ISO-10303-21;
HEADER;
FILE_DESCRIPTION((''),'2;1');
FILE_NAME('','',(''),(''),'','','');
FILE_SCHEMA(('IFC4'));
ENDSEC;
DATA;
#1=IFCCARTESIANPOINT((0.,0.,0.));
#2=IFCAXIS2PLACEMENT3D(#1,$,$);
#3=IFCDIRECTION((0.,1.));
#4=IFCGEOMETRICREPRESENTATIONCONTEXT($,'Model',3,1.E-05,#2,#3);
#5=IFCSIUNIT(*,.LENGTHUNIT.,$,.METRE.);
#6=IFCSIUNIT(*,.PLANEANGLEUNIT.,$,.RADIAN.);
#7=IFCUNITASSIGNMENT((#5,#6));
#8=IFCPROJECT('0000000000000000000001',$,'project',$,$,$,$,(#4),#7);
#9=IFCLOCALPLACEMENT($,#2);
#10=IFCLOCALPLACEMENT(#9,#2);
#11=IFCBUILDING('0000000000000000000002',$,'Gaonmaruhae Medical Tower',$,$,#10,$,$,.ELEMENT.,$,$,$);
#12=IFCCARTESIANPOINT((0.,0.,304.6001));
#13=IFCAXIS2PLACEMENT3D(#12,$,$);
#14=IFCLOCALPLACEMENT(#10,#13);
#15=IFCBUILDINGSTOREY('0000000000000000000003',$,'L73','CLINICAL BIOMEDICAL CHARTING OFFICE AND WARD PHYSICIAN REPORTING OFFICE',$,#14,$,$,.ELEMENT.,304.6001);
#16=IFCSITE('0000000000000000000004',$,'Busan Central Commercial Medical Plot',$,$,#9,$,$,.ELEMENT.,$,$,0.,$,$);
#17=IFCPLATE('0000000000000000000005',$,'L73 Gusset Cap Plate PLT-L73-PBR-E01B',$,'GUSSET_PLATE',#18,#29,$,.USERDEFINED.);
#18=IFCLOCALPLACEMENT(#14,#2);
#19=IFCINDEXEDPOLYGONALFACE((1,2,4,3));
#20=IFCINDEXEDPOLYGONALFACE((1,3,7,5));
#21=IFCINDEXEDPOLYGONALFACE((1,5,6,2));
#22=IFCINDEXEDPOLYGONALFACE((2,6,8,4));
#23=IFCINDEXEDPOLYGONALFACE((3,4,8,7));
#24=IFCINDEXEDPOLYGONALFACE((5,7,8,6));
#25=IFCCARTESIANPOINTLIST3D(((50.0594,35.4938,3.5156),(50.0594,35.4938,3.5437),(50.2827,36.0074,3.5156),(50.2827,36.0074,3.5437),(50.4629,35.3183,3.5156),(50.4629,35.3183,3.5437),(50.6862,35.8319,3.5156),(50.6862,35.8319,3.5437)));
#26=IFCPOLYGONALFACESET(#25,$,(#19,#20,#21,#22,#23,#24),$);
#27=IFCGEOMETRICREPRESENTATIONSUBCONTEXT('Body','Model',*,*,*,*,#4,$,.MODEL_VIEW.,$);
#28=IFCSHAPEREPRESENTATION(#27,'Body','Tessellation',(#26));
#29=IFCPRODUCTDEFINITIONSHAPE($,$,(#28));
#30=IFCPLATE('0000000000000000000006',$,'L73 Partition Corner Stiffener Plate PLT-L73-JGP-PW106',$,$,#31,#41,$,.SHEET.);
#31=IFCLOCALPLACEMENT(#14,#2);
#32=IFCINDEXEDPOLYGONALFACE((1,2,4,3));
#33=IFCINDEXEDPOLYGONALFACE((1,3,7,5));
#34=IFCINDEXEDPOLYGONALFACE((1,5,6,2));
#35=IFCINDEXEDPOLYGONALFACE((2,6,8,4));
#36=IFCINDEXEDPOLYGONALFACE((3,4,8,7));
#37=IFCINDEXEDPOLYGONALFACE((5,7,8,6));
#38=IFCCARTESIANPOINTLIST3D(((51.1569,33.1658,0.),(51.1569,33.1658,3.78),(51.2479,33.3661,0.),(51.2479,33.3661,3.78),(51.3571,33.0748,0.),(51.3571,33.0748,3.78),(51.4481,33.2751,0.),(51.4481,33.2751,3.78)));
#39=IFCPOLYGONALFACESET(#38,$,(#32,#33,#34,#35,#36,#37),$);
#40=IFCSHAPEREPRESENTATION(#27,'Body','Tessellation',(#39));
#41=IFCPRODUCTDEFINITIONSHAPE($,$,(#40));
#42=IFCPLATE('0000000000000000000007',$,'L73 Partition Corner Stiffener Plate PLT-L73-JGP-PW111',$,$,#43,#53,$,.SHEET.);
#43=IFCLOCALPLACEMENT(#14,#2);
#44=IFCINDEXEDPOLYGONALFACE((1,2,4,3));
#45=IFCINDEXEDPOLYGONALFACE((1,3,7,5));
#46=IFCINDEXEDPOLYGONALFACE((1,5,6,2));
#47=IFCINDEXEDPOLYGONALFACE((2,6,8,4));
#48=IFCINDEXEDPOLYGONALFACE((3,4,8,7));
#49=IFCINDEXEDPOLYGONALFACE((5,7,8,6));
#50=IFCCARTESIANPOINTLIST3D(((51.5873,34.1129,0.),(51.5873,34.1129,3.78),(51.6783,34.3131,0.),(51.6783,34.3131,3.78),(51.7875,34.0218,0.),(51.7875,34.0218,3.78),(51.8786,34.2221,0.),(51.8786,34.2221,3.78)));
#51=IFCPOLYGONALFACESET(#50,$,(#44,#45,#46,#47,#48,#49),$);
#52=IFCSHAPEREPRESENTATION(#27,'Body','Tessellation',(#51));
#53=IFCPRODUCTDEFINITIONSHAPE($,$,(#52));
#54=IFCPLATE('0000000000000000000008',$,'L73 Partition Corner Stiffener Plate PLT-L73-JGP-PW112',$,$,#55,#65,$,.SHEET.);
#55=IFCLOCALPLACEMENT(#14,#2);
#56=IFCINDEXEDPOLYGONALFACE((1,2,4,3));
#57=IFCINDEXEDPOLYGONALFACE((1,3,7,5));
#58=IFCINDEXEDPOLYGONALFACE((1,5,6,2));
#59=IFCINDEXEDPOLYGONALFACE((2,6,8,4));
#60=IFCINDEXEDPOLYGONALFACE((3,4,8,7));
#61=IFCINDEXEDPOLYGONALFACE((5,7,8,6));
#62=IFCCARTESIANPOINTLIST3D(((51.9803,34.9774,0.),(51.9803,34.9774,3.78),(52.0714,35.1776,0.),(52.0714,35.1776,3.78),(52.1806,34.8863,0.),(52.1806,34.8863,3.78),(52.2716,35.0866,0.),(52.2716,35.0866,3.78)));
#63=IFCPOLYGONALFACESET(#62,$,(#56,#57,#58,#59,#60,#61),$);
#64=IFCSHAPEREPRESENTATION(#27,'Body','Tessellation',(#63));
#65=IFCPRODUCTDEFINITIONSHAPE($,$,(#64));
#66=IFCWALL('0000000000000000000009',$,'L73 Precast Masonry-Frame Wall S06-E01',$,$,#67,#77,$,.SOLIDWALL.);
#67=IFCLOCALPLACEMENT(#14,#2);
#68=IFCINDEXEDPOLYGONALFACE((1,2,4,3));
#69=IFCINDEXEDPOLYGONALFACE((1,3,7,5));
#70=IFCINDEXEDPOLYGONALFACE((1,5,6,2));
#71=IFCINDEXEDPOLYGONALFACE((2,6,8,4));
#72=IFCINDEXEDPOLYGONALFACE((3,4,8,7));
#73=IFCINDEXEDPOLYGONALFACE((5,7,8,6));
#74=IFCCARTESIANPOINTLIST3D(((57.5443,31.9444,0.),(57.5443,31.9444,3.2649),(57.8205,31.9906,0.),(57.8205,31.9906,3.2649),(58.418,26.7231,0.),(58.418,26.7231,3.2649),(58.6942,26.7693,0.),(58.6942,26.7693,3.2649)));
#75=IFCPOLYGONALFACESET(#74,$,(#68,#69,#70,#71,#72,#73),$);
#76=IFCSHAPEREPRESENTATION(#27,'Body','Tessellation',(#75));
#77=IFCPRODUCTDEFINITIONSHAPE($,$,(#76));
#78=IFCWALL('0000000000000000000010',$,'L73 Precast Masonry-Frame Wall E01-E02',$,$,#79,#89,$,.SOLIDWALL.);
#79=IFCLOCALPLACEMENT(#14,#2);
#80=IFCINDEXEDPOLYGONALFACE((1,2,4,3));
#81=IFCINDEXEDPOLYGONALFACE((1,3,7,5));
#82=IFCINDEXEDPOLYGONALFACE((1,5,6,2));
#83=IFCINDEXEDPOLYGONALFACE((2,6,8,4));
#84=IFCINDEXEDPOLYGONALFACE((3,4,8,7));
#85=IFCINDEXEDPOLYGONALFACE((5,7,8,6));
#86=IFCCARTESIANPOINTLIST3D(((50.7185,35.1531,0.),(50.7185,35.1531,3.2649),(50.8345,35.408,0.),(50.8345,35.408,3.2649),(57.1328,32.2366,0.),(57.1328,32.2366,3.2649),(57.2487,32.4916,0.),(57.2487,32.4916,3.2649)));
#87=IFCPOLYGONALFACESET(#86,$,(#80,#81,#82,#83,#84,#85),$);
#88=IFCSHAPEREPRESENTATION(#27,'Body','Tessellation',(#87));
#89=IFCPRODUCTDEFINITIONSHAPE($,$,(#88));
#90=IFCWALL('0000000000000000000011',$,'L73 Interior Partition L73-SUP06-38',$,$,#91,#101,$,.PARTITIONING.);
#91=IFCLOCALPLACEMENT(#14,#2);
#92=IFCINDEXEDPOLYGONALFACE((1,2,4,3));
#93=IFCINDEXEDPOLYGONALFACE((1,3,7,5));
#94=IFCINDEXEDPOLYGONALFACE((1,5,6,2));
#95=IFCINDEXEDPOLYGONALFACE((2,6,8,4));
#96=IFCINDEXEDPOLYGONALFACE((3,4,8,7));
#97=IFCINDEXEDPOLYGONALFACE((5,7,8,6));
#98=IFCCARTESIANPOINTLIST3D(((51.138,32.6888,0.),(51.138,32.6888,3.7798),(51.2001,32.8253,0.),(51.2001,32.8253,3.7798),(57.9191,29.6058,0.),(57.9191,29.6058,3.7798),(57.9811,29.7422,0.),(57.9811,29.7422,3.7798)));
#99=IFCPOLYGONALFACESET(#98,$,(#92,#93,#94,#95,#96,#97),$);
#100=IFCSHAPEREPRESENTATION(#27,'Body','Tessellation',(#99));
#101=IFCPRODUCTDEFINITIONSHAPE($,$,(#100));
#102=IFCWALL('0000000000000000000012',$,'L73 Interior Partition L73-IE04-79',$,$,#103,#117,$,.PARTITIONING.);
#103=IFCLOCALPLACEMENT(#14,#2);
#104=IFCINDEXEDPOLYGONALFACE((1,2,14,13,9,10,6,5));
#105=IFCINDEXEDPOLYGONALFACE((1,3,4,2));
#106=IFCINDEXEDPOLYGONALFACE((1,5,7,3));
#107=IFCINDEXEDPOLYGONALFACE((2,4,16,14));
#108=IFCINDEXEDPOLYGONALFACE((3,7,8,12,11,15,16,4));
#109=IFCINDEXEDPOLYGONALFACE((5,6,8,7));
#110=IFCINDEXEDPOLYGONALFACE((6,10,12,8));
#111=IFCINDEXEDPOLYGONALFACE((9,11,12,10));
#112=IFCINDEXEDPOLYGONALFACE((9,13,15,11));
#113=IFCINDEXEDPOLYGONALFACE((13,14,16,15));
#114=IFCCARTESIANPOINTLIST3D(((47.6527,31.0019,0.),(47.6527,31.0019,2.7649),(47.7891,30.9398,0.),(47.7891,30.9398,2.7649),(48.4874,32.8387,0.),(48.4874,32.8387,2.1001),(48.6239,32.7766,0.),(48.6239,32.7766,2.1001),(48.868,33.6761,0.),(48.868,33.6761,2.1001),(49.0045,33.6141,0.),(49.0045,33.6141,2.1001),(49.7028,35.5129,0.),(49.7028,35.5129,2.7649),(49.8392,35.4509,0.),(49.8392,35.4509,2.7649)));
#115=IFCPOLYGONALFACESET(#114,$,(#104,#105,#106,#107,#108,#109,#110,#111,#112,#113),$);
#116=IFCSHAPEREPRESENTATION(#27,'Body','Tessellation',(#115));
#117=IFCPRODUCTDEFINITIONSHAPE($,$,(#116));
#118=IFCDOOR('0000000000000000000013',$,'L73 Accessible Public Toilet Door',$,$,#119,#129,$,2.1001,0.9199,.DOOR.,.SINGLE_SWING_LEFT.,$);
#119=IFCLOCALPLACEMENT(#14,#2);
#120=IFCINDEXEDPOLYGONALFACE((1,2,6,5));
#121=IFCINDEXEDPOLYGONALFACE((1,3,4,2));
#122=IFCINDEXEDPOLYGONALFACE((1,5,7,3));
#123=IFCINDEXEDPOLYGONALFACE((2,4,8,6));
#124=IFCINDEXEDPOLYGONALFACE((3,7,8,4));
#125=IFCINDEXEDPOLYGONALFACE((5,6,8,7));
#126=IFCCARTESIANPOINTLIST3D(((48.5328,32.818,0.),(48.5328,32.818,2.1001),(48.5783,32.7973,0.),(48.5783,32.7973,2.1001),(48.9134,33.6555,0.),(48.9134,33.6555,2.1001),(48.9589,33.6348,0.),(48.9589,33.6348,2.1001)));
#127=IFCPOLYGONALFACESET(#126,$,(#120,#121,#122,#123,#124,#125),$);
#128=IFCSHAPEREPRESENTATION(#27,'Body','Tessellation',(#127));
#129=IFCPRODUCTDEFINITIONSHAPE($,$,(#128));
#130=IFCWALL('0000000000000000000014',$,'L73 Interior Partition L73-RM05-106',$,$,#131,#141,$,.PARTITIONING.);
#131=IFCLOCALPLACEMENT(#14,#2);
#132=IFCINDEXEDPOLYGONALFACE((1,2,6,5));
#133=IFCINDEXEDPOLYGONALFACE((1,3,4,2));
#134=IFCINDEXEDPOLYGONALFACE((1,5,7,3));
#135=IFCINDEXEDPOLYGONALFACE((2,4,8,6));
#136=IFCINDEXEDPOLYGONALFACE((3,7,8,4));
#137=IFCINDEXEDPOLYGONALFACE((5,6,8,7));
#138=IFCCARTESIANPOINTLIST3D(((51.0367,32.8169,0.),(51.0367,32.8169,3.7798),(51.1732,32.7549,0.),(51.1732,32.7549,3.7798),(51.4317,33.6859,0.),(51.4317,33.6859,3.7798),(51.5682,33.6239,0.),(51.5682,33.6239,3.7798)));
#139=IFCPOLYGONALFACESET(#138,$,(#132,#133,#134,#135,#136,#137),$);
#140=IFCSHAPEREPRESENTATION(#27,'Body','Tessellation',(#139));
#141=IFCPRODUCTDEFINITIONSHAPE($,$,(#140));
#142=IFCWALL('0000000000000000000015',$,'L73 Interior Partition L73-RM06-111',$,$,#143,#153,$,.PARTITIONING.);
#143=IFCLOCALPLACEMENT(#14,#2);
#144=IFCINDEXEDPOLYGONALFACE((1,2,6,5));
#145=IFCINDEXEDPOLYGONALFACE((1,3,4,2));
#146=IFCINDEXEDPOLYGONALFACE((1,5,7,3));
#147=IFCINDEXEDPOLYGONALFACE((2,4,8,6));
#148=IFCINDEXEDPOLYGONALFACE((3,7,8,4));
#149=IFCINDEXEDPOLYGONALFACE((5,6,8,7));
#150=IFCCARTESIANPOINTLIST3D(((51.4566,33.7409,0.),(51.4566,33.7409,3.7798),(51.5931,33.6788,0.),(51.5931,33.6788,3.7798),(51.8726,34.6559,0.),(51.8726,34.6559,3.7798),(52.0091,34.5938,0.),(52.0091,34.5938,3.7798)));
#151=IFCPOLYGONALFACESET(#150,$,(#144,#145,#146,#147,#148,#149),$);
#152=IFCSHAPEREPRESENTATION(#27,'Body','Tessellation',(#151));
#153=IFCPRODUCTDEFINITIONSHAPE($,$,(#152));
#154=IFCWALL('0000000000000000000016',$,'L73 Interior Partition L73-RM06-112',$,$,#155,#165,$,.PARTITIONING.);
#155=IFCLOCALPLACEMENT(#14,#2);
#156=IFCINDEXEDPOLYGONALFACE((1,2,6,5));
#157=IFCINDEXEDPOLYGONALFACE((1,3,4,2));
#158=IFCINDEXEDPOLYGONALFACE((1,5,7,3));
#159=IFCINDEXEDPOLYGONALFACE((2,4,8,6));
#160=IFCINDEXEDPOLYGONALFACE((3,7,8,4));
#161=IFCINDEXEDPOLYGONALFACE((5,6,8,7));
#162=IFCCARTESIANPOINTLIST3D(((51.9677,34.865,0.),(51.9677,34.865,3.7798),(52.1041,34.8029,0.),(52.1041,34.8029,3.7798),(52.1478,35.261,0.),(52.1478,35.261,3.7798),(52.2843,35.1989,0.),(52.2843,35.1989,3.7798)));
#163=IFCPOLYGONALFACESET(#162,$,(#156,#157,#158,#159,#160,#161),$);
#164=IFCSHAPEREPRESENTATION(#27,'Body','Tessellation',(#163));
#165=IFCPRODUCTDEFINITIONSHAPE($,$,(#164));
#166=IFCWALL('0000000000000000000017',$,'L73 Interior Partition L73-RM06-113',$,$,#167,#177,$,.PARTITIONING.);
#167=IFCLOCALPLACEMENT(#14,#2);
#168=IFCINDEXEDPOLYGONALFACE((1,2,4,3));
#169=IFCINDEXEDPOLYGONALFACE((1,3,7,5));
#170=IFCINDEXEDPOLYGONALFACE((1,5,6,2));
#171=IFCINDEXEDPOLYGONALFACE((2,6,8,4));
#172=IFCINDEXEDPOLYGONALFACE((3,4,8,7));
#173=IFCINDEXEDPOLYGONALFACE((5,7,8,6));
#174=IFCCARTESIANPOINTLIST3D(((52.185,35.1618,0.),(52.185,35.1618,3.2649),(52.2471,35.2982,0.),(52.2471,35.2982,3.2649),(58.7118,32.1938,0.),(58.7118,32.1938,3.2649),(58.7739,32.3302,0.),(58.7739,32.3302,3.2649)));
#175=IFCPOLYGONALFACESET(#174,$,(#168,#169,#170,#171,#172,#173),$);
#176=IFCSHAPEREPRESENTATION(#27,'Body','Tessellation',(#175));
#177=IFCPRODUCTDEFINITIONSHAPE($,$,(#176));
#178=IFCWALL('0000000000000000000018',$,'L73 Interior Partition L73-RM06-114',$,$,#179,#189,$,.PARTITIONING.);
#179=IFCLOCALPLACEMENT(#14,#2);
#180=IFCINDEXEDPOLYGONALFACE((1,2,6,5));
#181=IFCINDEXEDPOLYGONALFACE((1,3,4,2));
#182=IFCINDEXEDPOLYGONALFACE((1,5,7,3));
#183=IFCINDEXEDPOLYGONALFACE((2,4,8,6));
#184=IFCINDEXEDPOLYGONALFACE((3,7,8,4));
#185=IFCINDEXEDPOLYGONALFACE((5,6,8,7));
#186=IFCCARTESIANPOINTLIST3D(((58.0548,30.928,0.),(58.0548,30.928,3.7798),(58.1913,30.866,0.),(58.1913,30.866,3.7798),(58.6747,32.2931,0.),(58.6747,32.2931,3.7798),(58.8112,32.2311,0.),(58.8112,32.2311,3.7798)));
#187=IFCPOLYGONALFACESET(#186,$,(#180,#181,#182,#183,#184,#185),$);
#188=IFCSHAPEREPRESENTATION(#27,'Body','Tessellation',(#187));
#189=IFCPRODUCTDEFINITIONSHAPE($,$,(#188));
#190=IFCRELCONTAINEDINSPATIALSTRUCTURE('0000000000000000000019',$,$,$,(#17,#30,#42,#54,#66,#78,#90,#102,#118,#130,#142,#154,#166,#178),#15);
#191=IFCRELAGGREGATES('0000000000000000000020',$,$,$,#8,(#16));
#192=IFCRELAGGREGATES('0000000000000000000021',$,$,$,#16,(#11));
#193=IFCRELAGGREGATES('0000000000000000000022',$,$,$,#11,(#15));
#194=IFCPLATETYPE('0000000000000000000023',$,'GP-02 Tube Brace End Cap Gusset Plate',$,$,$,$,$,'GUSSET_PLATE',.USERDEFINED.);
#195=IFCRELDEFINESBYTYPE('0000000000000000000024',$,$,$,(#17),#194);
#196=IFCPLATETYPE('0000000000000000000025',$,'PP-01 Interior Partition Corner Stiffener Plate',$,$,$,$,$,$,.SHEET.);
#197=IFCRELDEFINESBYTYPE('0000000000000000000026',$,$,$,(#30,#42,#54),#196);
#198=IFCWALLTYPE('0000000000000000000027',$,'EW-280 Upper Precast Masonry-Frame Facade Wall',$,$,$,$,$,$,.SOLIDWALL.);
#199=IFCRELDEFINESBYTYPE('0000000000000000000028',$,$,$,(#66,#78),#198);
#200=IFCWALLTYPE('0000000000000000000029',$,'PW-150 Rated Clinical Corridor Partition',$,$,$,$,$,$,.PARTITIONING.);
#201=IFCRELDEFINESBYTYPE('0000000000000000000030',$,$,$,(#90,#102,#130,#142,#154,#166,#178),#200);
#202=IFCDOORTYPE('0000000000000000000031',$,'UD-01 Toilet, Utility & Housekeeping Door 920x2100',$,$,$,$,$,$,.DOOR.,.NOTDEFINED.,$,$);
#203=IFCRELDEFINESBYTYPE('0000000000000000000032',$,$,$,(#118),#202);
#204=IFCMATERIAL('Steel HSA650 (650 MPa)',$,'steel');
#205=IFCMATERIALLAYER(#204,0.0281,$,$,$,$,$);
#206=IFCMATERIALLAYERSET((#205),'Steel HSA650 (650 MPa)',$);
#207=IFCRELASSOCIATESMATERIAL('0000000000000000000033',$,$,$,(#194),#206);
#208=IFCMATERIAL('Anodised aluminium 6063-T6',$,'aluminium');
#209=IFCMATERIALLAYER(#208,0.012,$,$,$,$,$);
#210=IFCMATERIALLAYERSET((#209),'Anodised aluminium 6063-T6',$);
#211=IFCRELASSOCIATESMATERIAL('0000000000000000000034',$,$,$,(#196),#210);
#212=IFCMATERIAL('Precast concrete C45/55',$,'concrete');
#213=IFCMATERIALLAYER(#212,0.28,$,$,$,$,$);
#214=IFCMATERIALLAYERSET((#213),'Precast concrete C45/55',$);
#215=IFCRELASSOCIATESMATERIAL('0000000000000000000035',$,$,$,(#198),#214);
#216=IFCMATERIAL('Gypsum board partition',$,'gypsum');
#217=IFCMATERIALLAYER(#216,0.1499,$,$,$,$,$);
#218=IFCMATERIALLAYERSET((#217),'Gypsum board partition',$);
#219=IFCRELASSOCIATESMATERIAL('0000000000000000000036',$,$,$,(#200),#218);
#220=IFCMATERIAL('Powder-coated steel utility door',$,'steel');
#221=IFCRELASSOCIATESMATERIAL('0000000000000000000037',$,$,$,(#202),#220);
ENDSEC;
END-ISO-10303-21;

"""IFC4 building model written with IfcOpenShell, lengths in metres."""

from ifc_helpers import new_model, si_unit, direction, frame, frame_2d, origin, origin_2d, place, context, subcontext, project, spatial, rectangle, extrude, material, layer, layer_set, type_object, element, fill, save


model = new_model("IFC4")

# Units and contexts
model_context = context("Model", 3, precision=1e-05, world=origin(), true_north=direction((0.0, 1.0)))
body_context = subcontext(model_context, "Body", "Model", "MODEL_VIEW")
ifc_project = project(units=[si_unit("LENGTHUNIT", "METRE"), si_unit("PLANEANGLEUNIT", "RADIAN")], contexts=[model_context])

# Site, building, storey
site_placement = place(None, origin())
site = spatial("IfcSite", under=ifc_project, at=site_placement, Name="Busan Central Commercial Medical Plot", CompositionType="ELEMENT", RefElevation=0.0)
building_placement = place(site_placement, origin())
building = spatial("IfcBuilding", under=site, at=building_placement, Name="Gaonmaruhae Medical Tower", CompositionType="ELEMENT")
storey_placement = place(building_placement, frame((0.0, 0.0, 304.6001)))
storey = spatial("IfcBuildingStorey", under=building, at=storey_placement, Name="L73", Description="CLINICAL BIOMEDICAL CHARTING OFFICE AND WARD PHYSICIAN REPORTING OFFICE", CompositionType="ELEMENT", Elevation=304.6001)

# Plates
ifc_material_1 = material(Name="Steel HSA650 (650 MPa)", Category="steel")
ifc_layer_1 = layer(ifc_material_1, 0.0281)
ifc_layer_set_1 = layer_set([ifc_layer_1], Name="Steel HSA650 (650 MPa)")
plate_type_1 = type_object("IfcPlateType", Name="GP-02 Tube Brace End Cap Gusset Plate", ElementType="GUSSET_PLATE", PredefinedType="USERDEFINED", material=ifc_layer_set_1)
for number, where, z_axis, x_axis, name in (
    (1, (50.3728, 35.6628, 3.5156), (0.0, 0.0, 1.0), (0.398749, 0.91706, 0.0), "L73 Gusset Cap Plate PLT-L73-PBR-E01B"),
):
    element("IfcPlate", number, at=place(storey_placement, frame(where, z_axis=z_axis, x_axis=x_axis)), inside=storey, type_object=plate_type_1, Name=name, ObjectType="GUSSET_PLATE", PredefinedType="USERDEFINED", context=body_context, shape_type="SweptSolid", body=[
        extrude(rectangle(XDim=0.5601, YDim=0.4399, at=origin_2d()), origin(), (0.0, 0.0, 1.0), 0.0281),
    ])
ifc_material_2 = material(Name="Anodised aluminium 6063-T6", Category="aluminium")
ifc_layer_2 = layer(ifc_material_2, 0.012)
ifc_layer_set_2 = layer_set([ifc_layer_2], Name="Anodised aluminium 6063-T6")
plate_type_2 = type_object("IfcPlateType", Name="PP-01 Interior Partition Corner Stiffener Plate", PredefinedType="SHEET", material=ifc_layer_set_2)
for number, where, z_axis, x_axis, name in (
    (2, (51.3025, 33.2205, 0.0), (0.0, 0.0, 1.0), (0.413804, 0.910366, 0.0), "L73 Partition Corner Stiffener Plate PLT-L73-JGP-PW106"),
    (3, (51.7329, 34.1675, 0.0), (0.0, 0.0, 1.0), (0.413883, 0.91033, 0.0), "L73 Partition Corner Stiffener Plate PLT-L73-JGP-PW111"),
    (4, (52.126, 35.032, 0.0), (0.0, 0.0, 1.0), (0.413804, 0.910366, 0.0), "L73 Partition Corner Stiffener Plate PLT-L73-JGP-PW112"),
):
    element("IfcPlate", number, at=place(storey_placement, frame(where, z_axis=z_axis, x_axis=x_axis)), inside=storey, type_object=plate_type_2, Name=name, PredefinedType="SHEET", context=body_context, shape_type="SweptSolid", body=[
        extrude(rectangle(XDim=0.22, YDim=0.22, at=origin_2d()), origin(), (0.0, 0.0, 1.0), 3.78),
    ])

# Walls
ifc_material_3 = material(Name="Precast concrete C45/55", Category="concrete")
ifc_layer_3 = layer(ifc_material_3, 0.28)
ifc_layer_set_3 = layer_set([ifc_layer_3], Name="Precast concrete C45/55")
wall_type_1 = type_object("IfcWallType", Name="EW-280 Upper Precast Masonry-Frame Facade Wall", PredefinedType="SOLIDWALL", material=ifc_layer_set_3)
wall_1_placement = place(storey_placement, frame((57.6824, 31.9675, 0.0), z_axis=(0.0, 0.0, 1.0), x_axis=(0.16505, -0.986285, 0.0)))
element("IfcWall", 5, at=wall_1_placement, inside=storey, type_object=wall_type_1, Name="L73 Precast Masonry-Frame Wall S06-E01", PredefinedType="SOLIDWALL", context=body_context, shape_type="SweptSolid", body=[
    extrude(rectangle(XDim=5.2939, YDim=0.28, at=frame_2d((2.647, 0.0))), origin(), (0.0, 0.0, 1.0), 3.2649),
])
wall_2_placement = place(storey_placement, frame((50.7766, 35.2805, 0.0), z_axis=(0.0, 0.0, 1.0), x_axis=(0.910318, -0.41391, 0.0)))
element("IfcWall", 6, at=wall_2_placement, inside=storey, type_object=wall_type_1, Name="L73 Precast Masonry-Frame Wall E01-E02", PredefinedType="SOLIDWALL", context=body_context, shape_type="SweptSolid", body=[
    extrude(rectangle(XDim=7.0461, YDim=0.28, at=frame_2d((3.5229, 0.0))), origin(), (0.0, 0.0, 1.0), 3.2649),
])
ifc_material_4 = material(Name="Gypsum board partition", Category="gypsum")
ifc_layer_4 = layer(ifc_material_4, 0.1499)
ifc_layer_set_4 = layer_set([ifc_layer_4], Name="Gypsum board partition")
wall_type_2 = type_object("IfcWallType", Name="PW-150 Rated Clinical Corridor Partition", PredefinedType="PARTITIONING", material=ifc_layer_set_4)
wall_3_placement = place(storey_placement, frame((51.1689, 32.7571, 0.0), z_axis=(0.0, 0.0, 1.0), x_axis=(0.910329, -0.413884, 0.0)))
element("IfcWall", 7, at=wall_3_placement, inside=storey, type_object=wall_type_2, Name="L73 Interior Partition L73-SUP06-38", PredefinedType="PARTITIONING", context=body_context, shape_type="SweptSolid", body=[
    extrude(rectangle(XDim=7.449, YDim=0.1499, at=frame_2d((3.7246, 0.0))), origin(), (0.0, 0.0, 1.0), 3.7798),
])

# Wall, opening, door
wall_4_placement = place(storey_placement, frame((49.771, 35.4819, 0.0), z_axis=(0.0, 0.0, 1.0), x_axis=(-0.413736, -0.910397, 0.0)))
wall_4 = element("IfcWall", 8, at=wall_4_placement, inside=storey, type_object=wall_type_2, Name="L73 Interior Partition L73-IE04-79", PredefinedType="PARTITIONING", context=body_context, shape_type="SweptSolid", body=[
    extrude(rectangle(XDim=4.9551, YDim=0.1499, at=frame_2d((2.4775, 0.0))), origin(), (0.0, 0.0, 1.0), 2.7649),
])
opening_placement = place(wall_4_placement, frame((2.0176, 0.0, 0.0)))
opening = element("IfcOpeningElement", 9, at=opening_placement, cuts=wall_4, PredefinedType="OPENING", context=body_context, shape_type="SweptSolid", body=[
    extrude(rectangle(XDim=0.9199, YDim=2.1001, at=frame_2d((0.46, 1.05))), frame((0.0, 0.085, 0.0), z_axis=(0.0, -1.0, 0.0), x_axis=(1.0, 0.0, 0.0)), (0.0, 0.0, 1.0), 0.1699),
])
ifc_material_5 = material(Name="Powder-coated steel utility door", Category="steel")
door_type = type_object("IfcDoorType", Name="UD-01 Toilet, Utility & Housekeeping Door 920x2100", OperationType="NOTDEFINED", PredefinedType="DOOR", material=ifc_material_5)
door_placement = place(opening_placement, origin())
door = element("IfcDoor", 10, at=door_placement, inside=storey, type_object=door_type, Name="L73 Accessible Public Toilet Door", OperationType="SINGLE_SWING_LEFT", OverallHeight=2.1001, OverallWidth=0.9199, PredefinedType="DOOR", context=body_context, shape_type="SweptSolid", body=[
    extrude(rectangle(XDim=0.9199, YDim=2.1001, at=frame_2d((0.46, 1.05))), frame((0.0, 0.0249, 0.0), z_axis=(0.0, -1.0, 0.0), x_axis=(1.0, 0.0, 0.0)), (0.0, 0.0, 1.0), 0.05),
])
fill(opening, door)

# Walls
wall_5_placement = place(storey_placement, frame((51.105, 32.7859, 0.0), z_axis=(0.0, 0.0, 1.0), x_axis=(0.413764, 0.910384, 0.0)))
element("IfcWall", 11, at=wall_5_placement, inside=storey, type_object=wall_type_2, Name="L73 Interior Partition L73-RM05-106", PredefinedType="PARTITIONING", context=body_context, shape_type="SweptSolid", body=[
    extrude(rectangle(XDim=0.9546, YDim=0.1499, at=frame_2d((0.4773, 0.0))), origin(), (0.0, 0.0, 1.0), 3.7798),
])
wall_6_placement = place(storey_placement, frame((51.5249, 33.71, 0.0), z_axis=(0.0, 0.0, 1.0), x_axis=(0.413876, 0.910333, 0.0)))
element("IfcWall", 12, at=wall_6_placement, inside=storey, type_object=wall_type_2, Name="L73 Interior Partition L73-RM06-111", PredefinedType="PARTITIONING", context=body_context, shape_type="SweptSolid", body=[
    extrude(rectangle(XDim=1.0051, YDim=0.1499, at=frame_2d((0.5024, 0.0))), origin(), (0.0, 0.0, 1.0), 3.7798),
])
wall_7_placement = place(storey_placement, frame((52.0359, 34.834, 0.0), z_axis=(0.0, 0.0, 1.0), x_axis=(0.414141, 0.910213, 0.0)))
element("IfcWall", 13, at=wall_7_placement, inside=storey, type_object=wall_type_2, Name="L73 Interior Partition L73-RM06-112", PredefinedType="PARTITIONING", context=body_context, shape_type="SweptSolid", body=[
    extrude(rectangle(XDim=0.4351, YDim=0.1499, at=frame_2d((0.2175, 0.0))), origin(), (0.0, 0.0, 1.0), 3.7798),
])
wall_8_placement = place(storey_placement, frame((52.2161, 35.23, 0.0), z_axis=(0.0, 0.0, 1.0), x_axis=(0.9103, -0.413949, 0.0)))
element("IfcWall", 14, at=wall_8_placement, inside=storey, type_object=wall_type_2, Name="L73 Interior Partition L73-RM06-113", PredefinedType="PARTITIONING", context=body_context, shape_type="SweptSolid", body=[
    extrude(rectangle(XDim=7.1699, YDim=0.1499, at=frame_2d((3.585, 0.0))), origin(), (0.0, 0.0, 1.0), 3.2649),
])
wall_9_placement = place(storey_placement, frame((58.7429, 32.262, 0.0), z_axis=(0.0, 0.0, 1.0), x_axis=(-0.413484, -0.910511, 0.0)))
element("IfcWall", 15, at=wall_9_placement, inside=storey, type_object=wall_type_2, Name="L73 Interior Partition L73-RM06-114", PredefinedType="PARTITIONING", context=body_context, shape_type="SweptSolid", body=[
    extrude(rectangle(XDim=1.4993, YDim=0.1499, at=frame_2d((0.7495, 0.0))), origin(), (0.0, 0.0, 1.0), 3.7798),
])

save(model, "model.ifc")
